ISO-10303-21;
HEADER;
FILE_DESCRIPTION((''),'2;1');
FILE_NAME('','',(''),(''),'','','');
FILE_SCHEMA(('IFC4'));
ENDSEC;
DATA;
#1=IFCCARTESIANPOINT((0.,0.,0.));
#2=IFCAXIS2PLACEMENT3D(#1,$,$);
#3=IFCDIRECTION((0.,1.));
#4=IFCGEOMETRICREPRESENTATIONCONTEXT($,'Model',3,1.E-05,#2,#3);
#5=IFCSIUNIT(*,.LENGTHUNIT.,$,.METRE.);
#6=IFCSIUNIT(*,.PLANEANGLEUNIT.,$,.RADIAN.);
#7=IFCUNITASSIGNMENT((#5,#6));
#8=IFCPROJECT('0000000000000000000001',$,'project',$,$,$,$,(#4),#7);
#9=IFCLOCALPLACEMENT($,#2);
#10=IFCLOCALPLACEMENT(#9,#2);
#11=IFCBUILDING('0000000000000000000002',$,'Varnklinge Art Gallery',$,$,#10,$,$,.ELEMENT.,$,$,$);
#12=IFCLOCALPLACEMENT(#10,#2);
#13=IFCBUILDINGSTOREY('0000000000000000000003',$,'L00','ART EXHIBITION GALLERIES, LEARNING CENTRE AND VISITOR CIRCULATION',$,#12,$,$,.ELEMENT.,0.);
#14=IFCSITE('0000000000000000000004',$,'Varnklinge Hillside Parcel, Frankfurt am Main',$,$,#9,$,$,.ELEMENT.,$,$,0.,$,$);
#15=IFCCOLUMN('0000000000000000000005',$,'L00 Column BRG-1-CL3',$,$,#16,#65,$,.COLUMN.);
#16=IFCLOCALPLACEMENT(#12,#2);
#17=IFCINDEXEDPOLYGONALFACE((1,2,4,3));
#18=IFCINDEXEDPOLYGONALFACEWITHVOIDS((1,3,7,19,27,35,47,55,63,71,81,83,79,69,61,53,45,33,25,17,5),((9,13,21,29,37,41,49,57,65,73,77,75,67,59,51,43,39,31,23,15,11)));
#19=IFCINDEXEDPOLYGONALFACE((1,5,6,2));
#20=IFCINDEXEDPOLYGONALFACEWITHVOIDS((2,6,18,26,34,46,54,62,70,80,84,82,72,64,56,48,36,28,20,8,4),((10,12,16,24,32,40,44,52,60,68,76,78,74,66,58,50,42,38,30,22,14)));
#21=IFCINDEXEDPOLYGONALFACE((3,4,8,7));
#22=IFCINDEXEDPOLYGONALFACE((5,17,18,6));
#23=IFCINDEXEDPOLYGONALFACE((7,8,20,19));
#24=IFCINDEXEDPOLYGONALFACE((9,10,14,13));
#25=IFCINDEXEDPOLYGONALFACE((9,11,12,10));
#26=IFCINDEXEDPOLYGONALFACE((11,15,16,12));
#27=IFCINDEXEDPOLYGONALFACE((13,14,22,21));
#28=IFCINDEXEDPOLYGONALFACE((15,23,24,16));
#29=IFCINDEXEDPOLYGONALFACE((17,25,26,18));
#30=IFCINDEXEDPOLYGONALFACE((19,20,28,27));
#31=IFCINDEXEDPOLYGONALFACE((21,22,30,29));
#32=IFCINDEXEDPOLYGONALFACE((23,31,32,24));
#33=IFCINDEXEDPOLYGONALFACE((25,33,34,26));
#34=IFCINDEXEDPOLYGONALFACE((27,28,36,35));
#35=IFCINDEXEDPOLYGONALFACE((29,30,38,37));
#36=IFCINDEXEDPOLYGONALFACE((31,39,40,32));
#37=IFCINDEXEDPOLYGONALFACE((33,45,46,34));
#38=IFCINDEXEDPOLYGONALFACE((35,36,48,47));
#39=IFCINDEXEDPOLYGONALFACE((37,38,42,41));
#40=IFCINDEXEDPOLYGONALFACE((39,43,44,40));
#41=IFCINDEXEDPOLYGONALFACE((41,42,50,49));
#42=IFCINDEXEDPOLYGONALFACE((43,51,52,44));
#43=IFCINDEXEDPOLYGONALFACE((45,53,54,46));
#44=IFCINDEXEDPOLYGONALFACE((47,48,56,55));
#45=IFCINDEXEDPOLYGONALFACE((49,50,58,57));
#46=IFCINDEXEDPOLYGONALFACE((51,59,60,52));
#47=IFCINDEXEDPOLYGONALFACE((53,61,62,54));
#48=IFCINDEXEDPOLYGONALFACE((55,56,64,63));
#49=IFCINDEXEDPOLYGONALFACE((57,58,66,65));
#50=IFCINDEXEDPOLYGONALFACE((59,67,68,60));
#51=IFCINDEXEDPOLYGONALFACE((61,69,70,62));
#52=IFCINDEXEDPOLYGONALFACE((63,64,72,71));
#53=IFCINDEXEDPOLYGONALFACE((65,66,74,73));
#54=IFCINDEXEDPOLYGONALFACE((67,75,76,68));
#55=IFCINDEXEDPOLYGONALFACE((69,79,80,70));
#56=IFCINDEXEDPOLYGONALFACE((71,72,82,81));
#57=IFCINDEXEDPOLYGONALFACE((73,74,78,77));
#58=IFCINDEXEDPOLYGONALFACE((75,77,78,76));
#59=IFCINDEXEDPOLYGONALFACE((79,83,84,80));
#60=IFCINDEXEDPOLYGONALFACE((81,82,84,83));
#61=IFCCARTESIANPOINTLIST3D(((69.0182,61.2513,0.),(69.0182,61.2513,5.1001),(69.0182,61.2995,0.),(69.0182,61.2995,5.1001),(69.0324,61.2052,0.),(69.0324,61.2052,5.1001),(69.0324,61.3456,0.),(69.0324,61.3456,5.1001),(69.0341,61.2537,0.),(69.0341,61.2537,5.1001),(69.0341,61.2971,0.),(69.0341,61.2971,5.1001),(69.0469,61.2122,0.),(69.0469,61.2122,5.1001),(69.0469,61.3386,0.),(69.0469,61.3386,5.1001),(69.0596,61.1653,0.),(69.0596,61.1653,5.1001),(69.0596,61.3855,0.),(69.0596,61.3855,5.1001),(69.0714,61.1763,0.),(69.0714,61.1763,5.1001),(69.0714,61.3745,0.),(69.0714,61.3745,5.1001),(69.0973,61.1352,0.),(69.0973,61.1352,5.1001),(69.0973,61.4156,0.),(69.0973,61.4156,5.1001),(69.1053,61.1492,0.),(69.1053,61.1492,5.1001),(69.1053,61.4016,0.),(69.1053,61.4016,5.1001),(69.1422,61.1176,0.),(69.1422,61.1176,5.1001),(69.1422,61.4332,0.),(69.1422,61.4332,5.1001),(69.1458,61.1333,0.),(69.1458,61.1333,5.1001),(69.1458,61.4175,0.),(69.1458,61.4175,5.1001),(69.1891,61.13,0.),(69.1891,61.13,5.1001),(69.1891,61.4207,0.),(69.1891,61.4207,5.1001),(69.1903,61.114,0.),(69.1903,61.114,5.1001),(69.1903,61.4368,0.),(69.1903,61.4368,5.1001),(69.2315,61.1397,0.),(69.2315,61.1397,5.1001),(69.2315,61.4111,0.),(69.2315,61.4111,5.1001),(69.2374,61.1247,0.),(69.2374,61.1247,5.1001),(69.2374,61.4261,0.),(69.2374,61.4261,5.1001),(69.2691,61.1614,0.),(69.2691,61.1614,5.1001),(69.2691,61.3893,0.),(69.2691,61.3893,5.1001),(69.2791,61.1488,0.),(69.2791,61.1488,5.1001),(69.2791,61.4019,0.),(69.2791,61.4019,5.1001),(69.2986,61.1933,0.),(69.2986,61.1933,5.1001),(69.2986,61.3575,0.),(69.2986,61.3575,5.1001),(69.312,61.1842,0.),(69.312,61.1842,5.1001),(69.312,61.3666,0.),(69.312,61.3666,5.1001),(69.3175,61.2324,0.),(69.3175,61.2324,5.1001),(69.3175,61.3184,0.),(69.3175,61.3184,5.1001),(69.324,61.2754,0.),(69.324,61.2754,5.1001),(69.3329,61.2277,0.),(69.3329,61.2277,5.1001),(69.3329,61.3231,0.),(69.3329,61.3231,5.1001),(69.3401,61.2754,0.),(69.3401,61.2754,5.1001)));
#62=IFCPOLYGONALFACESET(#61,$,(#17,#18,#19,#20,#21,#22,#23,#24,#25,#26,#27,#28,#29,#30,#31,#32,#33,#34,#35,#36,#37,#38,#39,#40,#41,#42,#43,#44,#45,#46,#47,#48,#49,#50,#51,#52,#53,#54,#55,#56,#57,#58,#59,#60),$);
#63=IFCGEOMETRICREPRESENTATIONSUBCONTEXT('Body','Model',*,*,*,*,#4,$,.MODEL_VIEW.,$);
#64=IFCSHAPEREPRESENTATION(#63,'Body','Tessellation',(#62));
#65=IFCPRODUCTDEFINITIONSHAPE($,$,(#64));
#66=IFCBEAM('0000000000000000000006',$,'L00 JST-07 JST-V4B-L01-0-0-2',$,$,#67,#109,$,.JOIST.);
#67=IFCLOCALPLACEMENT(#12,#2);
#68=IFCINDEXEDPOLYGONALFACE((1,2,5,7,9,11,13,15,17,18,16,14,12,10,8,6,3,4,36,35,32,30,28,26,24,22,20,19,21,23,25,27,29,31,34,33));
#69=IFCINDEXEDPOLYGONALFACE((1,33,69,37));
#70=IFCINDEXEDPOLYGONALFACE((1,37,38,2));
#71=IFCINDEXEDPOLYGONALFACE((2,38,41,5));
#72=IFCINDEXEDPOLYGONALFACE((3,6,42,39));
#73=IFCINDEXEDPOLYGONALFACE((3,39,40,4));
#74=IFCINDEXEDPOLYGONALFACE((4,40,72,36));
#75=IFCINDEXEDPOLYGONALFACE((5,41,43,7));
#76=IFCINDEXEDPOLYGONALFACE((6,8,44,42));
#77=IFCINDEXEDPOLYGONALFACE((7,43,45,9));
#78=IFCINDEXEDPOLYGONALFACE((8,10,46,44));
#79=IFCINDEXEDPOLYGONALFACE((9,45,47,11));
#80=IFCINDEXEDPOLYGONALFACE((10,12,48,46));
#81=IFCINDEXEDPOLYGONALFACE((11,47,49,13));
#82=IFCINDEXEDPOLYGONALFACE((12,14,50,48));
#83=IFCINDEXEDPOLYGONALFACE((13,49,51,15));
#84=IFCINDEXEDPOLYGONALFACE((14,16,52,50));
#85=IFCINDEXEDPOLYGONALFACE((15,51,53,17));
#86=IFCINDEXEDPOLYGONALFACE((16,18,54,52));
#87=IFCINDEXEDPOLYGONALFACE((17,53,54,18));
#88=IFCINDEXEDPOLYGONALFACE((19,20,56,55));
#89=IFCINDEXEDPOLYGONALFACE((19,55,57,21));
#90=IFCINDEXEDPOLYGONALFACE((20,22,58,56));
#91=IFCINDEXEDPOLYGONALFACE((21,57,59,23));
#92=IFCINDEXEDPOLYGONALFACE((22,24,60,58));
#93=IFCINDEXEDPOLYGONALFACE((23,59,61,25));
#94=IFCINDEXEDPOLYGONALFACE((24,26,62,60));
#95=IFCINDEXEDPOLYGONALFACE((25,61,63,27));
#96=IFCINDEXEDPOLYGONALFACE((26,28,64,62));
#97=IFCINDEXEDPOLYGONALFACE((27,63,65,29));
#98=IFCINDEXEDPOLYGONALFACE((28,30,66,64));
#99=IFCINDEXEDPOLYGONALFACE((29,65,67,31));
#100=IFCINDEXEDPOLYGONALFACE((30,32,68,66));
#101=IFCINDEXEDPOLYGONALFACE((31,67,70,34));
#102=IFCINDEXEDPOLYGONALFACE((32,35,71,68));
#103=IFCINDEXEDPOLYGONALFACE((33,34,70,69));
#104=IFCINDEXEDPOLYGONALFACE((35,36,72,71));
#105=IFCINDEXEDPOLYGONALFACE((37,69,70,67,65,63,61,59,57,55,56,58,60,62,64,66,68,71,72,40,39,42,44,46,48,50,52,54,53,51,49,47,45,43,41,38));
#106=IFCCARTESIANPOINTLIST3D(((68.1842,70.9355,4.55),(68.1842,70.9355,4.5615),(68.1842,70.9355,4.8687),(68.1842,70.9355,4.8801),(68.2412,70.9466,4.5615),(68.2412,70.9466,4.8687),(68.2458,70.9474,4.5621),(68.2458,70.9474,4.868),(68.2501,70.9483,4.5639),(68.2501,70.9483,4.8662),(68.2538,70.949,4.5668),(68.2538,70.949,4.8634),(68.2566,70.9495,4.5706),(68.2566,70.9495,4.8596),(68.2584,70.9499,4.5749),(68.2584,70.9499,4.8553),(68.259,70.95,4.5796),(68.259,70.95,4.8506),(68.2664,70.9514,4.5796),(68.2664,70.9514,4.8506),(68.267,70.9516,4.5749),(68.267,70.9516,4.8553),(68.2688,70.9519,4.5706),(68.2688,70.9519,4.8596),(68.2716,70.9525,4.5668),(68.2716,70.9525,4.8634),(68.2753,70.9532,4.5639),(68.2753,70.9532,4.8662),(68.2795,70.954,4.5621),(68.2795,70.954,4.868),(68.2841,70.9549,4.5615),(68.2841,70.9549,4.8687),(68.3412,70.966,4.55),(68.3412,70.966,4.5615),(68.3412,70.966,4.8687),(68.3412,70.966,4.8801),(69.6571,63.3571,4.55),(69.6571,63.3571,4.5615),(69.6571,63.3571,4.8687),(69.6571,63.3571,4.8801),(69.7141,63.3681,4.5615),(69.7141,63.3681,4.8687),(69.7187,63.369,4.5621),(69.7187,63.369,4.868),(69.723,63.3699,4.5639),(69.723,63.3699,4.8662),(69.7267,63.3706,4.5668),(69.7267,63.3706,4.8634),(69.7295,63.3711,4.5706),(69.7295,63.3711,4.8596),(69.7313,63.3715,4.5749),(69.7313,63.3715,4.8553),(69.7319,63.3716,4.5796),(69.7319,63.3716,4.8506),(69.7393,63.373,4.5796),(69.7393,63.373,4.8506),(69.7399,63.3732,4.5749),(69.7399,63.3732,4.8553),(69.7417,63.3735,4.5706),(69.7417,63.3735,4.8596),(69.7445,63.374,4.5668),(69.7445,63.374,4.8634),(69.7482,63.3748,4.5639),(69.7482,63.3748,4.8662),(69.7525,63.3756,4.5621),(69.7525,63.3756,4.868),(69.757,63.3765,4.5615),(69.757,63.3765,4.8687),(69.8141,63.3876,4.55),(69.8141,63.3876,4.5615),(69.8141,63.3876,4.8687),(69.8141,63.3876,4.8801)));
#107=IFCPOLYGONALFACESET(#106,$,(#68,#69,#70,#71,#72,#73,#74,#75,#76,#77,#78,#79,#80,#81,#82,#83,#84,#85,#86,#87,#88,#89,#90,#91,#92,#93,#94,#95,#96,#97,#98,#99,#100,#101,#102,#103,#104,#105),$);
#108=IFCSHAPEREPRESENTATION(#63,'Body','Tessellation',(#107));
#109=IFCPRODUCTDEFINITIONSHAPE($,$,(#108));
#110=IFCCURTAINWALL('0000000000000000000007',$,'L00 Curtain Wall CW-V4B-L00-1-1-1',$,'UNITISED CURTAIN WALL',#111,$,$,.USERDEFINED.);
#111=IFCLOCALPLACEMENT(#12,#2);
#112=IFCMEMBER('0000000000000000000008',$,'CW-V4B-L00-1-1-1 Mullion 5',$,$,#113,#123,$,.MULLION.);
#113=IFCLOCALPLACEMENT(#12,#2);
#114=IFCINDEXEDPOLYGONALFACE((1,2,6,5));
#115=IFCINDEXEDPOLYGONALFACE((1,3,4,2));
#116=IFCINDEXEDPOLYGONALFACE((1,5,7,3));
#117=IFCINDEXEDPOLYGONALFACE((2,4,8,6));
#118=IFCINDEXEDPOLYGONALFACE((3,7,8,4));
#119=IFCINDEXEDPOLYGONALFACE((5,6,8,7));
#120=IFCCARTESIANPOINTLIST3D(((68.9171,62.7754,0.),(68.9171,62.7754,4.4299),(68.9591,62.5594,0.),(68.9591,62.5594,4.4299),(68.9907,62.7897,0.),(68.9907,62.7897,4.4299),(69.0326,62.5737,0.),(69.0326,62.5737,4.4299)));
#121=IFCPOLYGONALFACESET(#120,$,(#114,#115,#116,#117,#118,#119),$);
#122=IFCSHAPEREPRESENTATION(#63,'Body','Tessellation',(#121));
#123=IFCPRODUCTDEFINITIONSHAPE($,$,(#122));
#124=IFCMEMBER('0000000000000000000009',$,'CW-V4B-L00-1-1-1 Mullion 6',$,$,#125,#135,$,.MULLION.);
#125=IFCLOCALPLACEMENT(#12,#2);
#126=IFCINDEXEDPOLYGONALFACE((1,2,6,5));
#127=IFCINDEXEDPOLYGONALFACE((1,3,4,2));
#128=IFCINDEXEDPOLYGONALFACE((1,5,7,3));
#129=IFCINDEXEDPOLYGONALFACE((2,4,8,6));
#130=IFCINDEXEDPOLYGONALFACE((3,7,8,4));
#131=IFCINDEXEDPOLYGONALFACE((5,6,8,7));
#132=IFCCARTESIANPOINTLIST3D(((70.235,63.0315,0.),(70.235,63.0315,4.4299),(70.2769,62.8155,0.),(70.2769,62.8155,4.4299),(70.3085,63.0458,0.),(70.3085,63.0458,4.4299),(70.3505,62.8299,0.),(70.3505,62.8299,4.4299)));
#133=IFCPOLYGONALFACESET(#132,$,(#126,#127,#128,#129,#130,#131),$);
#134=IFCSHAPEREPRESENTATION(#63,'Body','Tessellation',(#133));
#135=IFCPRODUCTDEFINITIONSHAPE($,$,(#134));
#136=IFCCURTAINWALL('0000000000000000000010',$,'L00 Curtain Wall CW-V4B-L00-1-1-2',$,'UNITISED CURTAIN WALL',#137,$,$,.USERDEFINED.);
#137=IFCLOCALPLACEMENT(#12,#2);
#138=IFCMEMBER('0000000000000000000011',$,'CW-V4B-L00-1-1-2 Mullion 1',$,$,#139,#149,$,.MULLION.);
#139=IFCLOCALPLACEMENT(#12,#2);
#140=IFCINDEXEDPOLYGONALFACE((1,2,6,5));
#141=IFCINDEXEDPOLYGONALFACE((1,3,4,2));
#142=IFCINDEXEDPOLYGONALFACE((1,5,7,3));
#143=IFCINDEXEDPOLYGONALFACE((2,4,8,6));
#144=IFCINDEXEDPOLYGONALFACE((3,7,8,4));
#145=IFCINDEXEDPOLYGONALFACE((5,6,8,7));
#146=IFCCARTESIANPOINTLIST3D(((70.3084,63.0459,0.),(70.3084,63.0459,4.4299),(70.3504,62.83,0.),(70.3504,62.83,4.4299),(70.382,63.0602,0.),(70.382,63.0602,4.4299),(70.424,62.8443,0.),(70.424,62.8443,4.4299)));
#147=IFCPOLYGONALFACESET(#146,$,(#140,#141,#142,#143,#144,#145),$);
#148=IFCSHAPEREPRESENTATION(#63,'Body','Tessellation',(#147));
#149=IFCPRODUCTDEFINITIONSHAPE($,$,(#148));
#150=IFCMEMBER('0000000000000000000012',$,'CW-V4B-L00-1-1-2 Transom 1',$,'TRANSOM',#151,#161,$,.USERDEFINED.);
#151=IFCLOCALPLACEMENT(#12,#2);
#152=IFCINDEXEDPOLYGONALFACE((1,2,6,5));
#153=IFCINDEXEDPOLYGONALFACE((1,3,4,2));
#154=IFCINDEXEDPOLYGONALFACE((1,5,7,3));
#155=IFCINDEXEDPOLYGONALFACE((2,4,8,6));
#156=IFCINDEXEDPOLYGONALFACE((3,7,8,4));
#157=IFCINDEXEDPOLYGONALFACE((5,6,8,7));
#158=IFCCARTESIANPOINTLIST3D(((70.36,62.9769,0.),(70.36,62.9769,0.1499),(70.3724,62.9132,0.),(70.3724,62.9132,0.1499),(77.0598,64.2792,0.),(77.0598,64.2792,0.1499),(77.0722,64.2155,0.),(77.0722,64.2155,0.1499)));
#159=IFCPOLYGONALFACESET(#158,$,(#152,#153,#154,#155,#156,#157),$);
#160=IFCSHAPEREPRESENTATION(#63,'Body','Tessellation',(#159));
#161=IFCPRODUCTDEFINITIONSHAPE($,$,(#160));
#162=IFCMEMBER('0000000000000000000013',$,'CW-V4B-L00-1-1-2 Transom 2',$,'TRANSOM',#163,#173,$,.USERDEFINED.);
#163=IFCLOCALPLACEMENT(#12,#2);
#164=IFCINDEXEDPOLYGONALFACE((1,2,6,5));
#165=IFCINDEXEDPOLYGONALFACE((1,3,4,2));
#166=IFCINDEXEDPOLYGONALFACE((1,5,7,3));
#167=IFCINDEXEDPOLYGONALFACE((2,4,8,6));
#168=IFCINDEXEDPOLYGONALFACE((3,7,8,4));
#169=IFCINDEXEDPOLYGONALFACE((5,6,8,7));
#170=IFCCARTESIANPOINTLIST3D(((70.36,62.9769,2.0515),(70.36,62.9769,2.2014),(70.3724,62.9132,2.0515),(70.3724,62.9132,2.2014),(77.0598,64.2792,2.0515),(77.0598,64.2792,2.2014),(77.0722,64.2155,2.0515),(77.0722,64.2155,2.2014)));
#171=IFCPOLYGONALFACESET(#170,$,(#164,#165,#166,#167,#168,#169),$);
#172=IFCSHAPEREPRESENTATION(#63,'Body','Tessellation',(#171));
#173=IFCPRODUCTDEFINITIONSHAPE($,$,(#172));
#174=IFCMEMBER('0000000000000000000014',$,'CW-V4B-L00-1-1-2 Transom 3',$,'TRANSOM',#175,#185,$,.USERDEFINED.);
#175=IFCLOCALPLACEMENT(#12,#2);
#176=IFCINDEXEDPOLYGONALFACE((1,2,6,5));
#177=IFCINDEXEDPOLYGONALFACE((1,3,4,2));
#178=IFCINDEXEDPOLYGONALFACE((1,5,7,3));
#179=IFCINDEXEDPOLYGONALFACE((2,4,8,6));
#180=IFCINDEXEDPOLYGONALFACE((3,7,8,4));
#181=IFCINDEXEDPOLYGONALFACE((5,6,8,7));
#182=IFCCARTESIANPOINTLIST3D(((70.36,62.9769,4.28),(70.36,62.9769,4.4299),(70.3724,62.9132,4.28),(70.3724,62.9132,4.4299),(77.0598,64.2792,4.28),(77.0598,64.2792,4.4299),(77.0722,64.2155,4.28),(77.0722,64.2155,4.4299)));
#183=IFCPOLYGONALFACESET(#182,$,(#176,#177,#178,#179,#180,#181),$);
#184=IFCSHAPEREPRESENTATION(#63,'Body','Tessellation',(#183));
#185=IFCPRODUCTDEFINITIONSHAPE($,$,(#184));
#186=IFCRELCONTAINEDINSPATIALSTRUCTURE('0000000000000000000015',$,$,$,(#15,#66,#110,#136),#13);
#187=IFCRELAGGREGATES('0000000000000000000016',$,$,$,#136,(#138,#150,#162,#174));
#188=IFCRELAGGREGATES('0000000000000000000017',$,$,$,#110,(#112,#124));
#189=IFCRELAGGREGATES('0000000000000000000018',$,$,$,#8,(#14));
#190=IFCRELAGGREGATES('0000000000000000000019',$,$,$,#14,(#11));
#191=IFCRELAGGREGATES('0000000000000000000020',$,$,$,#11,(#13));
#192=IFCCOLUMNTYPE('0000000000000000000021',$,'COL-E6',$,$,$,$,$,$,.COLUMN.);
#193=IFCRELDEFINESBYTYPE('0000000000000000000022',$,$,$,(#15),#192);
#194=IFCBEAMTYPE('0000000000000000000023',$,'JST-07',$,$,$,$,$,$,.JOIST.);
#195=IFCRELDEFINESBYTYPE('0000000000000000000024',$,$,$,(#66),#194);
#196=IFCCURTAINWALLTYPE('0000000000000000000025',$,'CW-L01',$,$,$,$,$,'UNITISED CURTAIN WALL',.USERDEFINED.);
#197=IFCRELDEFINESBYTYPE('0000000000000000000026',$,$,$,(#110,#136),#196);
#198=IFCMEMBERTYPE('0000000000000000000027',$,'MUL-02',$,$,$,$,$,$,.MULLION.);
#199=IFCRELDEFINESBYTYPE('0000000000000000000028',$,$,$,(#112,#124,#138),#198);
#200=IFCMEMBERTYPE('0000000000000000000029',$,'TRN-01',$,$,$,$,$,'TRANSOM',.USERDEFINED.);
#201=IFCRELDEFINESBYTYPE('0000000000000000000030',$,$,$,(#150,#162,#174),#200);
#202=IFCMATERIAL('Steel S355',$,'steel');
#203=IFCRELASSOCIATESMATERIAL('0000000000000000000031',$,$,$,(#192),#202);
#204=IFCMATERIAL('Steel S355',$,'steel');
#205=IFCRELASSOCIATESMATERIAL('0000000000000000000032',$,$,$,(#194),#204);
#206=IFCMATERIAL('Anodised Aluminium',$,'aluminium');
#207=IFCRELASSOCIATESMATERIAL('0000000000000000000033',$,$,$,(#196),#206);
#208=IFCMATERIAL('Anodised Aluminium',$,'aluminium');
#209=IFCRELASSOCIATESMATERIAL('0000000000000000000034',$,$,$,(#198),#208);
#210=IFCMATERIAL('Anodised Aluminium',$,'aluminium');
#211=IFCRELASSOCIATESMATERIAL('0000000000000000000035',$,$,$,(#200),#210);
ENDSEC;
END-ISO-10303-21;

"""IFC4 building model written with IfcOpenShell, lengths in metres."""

from ifc_helpers import new_model, si_unit, direction, frame, origin, origin_2d, place, context, subcontext, project, spatial, rectangle, hollow_circle, i_section, extrude, material, material_profile, profile_set, type_object, element, aggregate, save


model = new_model("IFC4")

# Units and contexts
model_context = context("Model", 3, precision=1e-05, world=origin(), true_north=direction((0.0, 1.0)))
body_context = subcontext(model_context, "Body", "Model", "MODEL_VIEW")
ifc_project = project(units=[si_unit("LENGTHUNIT", "METRE"), si_unit("PLANEANGLEUNIT", "RADIAN")], contexts=[model_context])

# Site, building, storey
site_placement = place(None, origin())
site = spatial("IfcSite", under=ifc_project, at=site_placement, Name="Varnklinge Hillside Parcel, Frankfurt am Main", CompositionType="ELEMENT", RefElevation=0.0)
building_placement = place(site_placement, origin())
building = spatial("IfcBuilding", under=site, at=building_placement, Name="Varnklinge Art Gallery", CompositionType="ELEMENT")
storey_placement = place(building_placement, origin())
storey = spatial("IfcBuildingStorey", under=building, at=storey_placement, Name="L00", Description="ART EXHIBITION GALLERIES, LEARNING CENTRE AND VISITOR CIRCULATION", CompositionType="ELEMENT", Elevation=0.0)

# Column
ifc_material_1 = material(Name="Steel S355", Category="steel")
ifc_material_profile_1 = material_profile(ifc_material_1, hollow_circle(Radius=0.1619, WallThickness=0.0161, at=origin_2d()), Name="CHS 323.9x16")
ifc_profile_set_1 = profile_set([ifc_material_profile_1], Name="Steel S355")
column_type = type_object("IfcColumnType", Name="COL-E6", PredefinedType="COLUMN", material=ifc_profile_set_1)
column_placement = place(storey_placement, frame((69.1782, 61.2754, 0.0), z_axis=(0.0, 0.0, 1.0), x_axis=(1.0, 0.0, 0.0)))
element("IfcColumn", 1, at=column_placement, inside=storey, type_object=column_type, Name="L00 Column BRG-1-CL3", PredefinedType="COLUMN", context=body_context, shape_type="SweptSolid", body=[
    extrude(hollow_circle(Radius=0.1619, WallThickness=0.0161, at=origin_2d()), origin(), (0.0, 0.0, 1.0), 5.1001),
])

# Beam
ifc_material_2 = material(Name="Steel S355", Category="steel")
ifc_material_profile_2 = material_profile(ifc_material_2, i_section(OverallWidth=0.1599, OverallDepth=0.3301, WebThickness=0.0076, FlangeThickness=0.0115, FilletRadius=0.0181, at=origin_2d()), Name="IPE 330")
ifc_profile_set_2 = profile_set([ifc_material_profile_2], Name="Steel S355")
beam_type = type_object("IfcBeamType", Name="JST-07", PredefinedType="JOIST", material=ifc_profile_set_2)
beam_placement = place(storey_placement, frame((69.7356, 63.3723, 4.7151), z_axis=(-0.190786, 0.981632, 0.0), x_axis=(-0.981632, -0.190786, 0.0)))
element("IfcBeam", 2, at=beam_placement, inside=storey, type_object=beam_type, Name="L00 JST-07 JST-V4B-L01-0-0-2", PredefinedType="JOIST", context=body_context, shape_type="SweptSolid", body=[
    extrude(i_section(OverallWidth=0.1599, OverallDepth=0.3301, WebThickness=0.0076, FlangeThickness=0.0115, FilletRadius=0.0181, at=origin_2d()), origin(), (0.0, 0.0, 1.0), 7.7202),
])

# Curtain walls, members
ifc_material_3 = material(Name="Anodised Aluminium", Category="aluminium")
curtain_wall_type = type_object("IfcCurtainWallType", Name="CW-L01", ElementType="UNITISED CURTAIN WALL", PredefinedType="USERDEFINED", material=ifc_material_3)
curtain_wall_1_placement = place(storey_placement, origin())
curtain_wall_1 = element("IfcCurtainWall", 3, at=curtain_wall_1_placement, inside=storey, type_object=curtain_wall_type, Name="L00 Curtain Wall CW-V4B-L00-1-1-1", ObjectType="UNITISED CURTAIN WALL", PredefinedType="USERDEFINED")
ifc_material_4 = material(Name="Anodised Aluminium", Category="aluminium")
ifc_material_profile_3 = material_profile(ifc_material_4, rectangle(XDim=0.075, YDim=0.22, at=origin_2d()), Name="ALU 75x220")
ifc_profile_set_3 = profile_set([ifc_material_profile_3], Name="Anodised Aluminium")
member_type_1 = type_object("IfcMemberType", Name="MUL-02", PredefinedType="MULLION", material=ifc_profile_set_3)
member_1_placement = place(storey_placement, frame((68.9749, 62.6746, 0.0), z_axis=(0.0, 0.0, 1.0), x_axis=(0.981627, 0.190809, 0.0)))
member_1 = element("IfcMember", 4, at=member_1_placement, type_object=member_type_1, Name="CW-V4B-L00-1-1-1 Mullion 5", PredefinedType="MULLION", context=body_context, shape_type="SweptSolid", body=[
    extrude(rectangle(XDim=0.075, YDim=0.22, at=origin_2d()), origin(), (0.0, 0.0, 1.0), 4.4299),
])
member_2_placement = place(storey_placement, frame((70.2927, 62.9307, 0.0), z_axis=(0.0, 0.0, 1.0), x_axis=(0.981627, 0.190809, 0.0)))
member_2 = element("IfcMember", 5, at=member_2_placement, type_object=member_type_1, Name="CW-V4B-L00-1-1-1 Mullion 6", PredefinedType="MULLION", context=body_context, shape_type="SweptSolid", body=[
    extrude(rectangle(XDim=0.075, YDim=0.22, at=origin_2d()), origin(), (0.0, 0.0, 1.0), 4.4299),
])
curtain_wall_2_placement = place(storey_placement, origin())
curtain_wall_2 = element("IfcCurtainWall", 6, at=curtain_wall_2_placement, inside=storey, type_object=curtain_wall_type, Name="L00 Curtain Wall CW-V4B-L00-1-1-2", ObjectType="UNITISED CURTAIN WALL", PredefinedType="USERDEFINED")
member_3_placement = place(storey_placement, frame((70.3662, 62.9451, 0.0), z_axis=(0.0, 0.0, 1.0), x_axis=(0.981627, 0.190809, 0.0)))
member_3 = element("IfcMember", 7, at=member_3_placement, type_object=member_type_1, Name="CW-V4B-L00-1-1-2 Mullion 1", PredefinedType="MULLION", context=body_context, shape_type="SweptSolid", body=[
    extrude(rectangle(XDim=0.075, YDim=0.22, at=origin_2d()), origin(), (0.0, 0.0, 1.0), 4.4299),
])
ifc_material_5 = material(Name="Anodised Aluminium", Category="aluminium")
ifc_material_profile_4 = material_profile(ifc_material_5, rectangle(XDim=0.0649, YDim=0.1499, at=origin_2d()), Name="ALU 65x150")
ifc_profile_set_4 = profile_set([ifc_material_profile_4], Name="Anodised Aluminium")
member_type_2 = type_object("IfcMemberType", Name="TRN-01", ElementType="TRANSOM", PredefinedType="USERDEFINED", material=ifc_profile_set_4)
member_4_placement = place(storey_placement, frame((70.3662, 62.9451, 0.075), z_axis=(0.981628, 0.190803, 0.0), x_axis=(-0.190803, 0.981628, 0.0)))
member_4 = element("IfcMember", 8, at=member_4_placement, type_object=member_type_2, Name="CW-V4B-L00-1-1-2 Transom 1", ObjectType="TRANSOM", PredefinedType="USERDEFINED", context=body_context, shape_type="SweptSolid", body=[
    extrude(rectangle(XDim=0.0649, YDim=0.1499, at=origin_2d()), origin(), (0.0, 0.0, 1.0), 6.8252),
])
member_5_placement = place(storey_placement, frame((70.3662, 62.9451, 2.1265), z_axis=(0.981628, 0.190803, 0.0), x_axis=(-0.190803, 0.981628, 0.0)))
member_5 = element("IfcMember", 9, at=member_5_placement, type_object=member_type_2, Name="CW-V4B-L00-1-1-2 Transom 2", ObjectType="TRANSOM", PredefinedType="USERDEFINED", context=body_context, shape_type="SweptSolid", body=[
    extrude(rectangle(XDim=0.0649, YDim=0.1499, at=origin_2d()), origin(), (0.0, 0.0, 1.0), 6.8252),
])
member_6_placement = place(storey_placement, frame((70.3662, 62.9451, 4.355), z_axis=(0.981628, 0.190803, 0.0), x_axis=(-0.190803, 0.981628, 0.0)))
member_6 = element("IfcMember", 10, at=member_6_placement, type_object=member_type_2, Name="CW-V4B-L00-1-1-2 Transom 3", ObjectType="TRANSOM", PredefinedType="USERDEFINED", context=body_context, shape_type="SweptSolid", body=[
    extrude(rectangle(XDim=0.0649, YDim=0.1499, at=origin_2d()), origin(), (0.0, 0.0, 1.0), 6.8252),
])
aggregate(curtain_wall_2, [member_3, member_4, member_5, member_6])

aggregate(curtain_wall_1, [member_1, member_2])

save(model, "model.ifc")
